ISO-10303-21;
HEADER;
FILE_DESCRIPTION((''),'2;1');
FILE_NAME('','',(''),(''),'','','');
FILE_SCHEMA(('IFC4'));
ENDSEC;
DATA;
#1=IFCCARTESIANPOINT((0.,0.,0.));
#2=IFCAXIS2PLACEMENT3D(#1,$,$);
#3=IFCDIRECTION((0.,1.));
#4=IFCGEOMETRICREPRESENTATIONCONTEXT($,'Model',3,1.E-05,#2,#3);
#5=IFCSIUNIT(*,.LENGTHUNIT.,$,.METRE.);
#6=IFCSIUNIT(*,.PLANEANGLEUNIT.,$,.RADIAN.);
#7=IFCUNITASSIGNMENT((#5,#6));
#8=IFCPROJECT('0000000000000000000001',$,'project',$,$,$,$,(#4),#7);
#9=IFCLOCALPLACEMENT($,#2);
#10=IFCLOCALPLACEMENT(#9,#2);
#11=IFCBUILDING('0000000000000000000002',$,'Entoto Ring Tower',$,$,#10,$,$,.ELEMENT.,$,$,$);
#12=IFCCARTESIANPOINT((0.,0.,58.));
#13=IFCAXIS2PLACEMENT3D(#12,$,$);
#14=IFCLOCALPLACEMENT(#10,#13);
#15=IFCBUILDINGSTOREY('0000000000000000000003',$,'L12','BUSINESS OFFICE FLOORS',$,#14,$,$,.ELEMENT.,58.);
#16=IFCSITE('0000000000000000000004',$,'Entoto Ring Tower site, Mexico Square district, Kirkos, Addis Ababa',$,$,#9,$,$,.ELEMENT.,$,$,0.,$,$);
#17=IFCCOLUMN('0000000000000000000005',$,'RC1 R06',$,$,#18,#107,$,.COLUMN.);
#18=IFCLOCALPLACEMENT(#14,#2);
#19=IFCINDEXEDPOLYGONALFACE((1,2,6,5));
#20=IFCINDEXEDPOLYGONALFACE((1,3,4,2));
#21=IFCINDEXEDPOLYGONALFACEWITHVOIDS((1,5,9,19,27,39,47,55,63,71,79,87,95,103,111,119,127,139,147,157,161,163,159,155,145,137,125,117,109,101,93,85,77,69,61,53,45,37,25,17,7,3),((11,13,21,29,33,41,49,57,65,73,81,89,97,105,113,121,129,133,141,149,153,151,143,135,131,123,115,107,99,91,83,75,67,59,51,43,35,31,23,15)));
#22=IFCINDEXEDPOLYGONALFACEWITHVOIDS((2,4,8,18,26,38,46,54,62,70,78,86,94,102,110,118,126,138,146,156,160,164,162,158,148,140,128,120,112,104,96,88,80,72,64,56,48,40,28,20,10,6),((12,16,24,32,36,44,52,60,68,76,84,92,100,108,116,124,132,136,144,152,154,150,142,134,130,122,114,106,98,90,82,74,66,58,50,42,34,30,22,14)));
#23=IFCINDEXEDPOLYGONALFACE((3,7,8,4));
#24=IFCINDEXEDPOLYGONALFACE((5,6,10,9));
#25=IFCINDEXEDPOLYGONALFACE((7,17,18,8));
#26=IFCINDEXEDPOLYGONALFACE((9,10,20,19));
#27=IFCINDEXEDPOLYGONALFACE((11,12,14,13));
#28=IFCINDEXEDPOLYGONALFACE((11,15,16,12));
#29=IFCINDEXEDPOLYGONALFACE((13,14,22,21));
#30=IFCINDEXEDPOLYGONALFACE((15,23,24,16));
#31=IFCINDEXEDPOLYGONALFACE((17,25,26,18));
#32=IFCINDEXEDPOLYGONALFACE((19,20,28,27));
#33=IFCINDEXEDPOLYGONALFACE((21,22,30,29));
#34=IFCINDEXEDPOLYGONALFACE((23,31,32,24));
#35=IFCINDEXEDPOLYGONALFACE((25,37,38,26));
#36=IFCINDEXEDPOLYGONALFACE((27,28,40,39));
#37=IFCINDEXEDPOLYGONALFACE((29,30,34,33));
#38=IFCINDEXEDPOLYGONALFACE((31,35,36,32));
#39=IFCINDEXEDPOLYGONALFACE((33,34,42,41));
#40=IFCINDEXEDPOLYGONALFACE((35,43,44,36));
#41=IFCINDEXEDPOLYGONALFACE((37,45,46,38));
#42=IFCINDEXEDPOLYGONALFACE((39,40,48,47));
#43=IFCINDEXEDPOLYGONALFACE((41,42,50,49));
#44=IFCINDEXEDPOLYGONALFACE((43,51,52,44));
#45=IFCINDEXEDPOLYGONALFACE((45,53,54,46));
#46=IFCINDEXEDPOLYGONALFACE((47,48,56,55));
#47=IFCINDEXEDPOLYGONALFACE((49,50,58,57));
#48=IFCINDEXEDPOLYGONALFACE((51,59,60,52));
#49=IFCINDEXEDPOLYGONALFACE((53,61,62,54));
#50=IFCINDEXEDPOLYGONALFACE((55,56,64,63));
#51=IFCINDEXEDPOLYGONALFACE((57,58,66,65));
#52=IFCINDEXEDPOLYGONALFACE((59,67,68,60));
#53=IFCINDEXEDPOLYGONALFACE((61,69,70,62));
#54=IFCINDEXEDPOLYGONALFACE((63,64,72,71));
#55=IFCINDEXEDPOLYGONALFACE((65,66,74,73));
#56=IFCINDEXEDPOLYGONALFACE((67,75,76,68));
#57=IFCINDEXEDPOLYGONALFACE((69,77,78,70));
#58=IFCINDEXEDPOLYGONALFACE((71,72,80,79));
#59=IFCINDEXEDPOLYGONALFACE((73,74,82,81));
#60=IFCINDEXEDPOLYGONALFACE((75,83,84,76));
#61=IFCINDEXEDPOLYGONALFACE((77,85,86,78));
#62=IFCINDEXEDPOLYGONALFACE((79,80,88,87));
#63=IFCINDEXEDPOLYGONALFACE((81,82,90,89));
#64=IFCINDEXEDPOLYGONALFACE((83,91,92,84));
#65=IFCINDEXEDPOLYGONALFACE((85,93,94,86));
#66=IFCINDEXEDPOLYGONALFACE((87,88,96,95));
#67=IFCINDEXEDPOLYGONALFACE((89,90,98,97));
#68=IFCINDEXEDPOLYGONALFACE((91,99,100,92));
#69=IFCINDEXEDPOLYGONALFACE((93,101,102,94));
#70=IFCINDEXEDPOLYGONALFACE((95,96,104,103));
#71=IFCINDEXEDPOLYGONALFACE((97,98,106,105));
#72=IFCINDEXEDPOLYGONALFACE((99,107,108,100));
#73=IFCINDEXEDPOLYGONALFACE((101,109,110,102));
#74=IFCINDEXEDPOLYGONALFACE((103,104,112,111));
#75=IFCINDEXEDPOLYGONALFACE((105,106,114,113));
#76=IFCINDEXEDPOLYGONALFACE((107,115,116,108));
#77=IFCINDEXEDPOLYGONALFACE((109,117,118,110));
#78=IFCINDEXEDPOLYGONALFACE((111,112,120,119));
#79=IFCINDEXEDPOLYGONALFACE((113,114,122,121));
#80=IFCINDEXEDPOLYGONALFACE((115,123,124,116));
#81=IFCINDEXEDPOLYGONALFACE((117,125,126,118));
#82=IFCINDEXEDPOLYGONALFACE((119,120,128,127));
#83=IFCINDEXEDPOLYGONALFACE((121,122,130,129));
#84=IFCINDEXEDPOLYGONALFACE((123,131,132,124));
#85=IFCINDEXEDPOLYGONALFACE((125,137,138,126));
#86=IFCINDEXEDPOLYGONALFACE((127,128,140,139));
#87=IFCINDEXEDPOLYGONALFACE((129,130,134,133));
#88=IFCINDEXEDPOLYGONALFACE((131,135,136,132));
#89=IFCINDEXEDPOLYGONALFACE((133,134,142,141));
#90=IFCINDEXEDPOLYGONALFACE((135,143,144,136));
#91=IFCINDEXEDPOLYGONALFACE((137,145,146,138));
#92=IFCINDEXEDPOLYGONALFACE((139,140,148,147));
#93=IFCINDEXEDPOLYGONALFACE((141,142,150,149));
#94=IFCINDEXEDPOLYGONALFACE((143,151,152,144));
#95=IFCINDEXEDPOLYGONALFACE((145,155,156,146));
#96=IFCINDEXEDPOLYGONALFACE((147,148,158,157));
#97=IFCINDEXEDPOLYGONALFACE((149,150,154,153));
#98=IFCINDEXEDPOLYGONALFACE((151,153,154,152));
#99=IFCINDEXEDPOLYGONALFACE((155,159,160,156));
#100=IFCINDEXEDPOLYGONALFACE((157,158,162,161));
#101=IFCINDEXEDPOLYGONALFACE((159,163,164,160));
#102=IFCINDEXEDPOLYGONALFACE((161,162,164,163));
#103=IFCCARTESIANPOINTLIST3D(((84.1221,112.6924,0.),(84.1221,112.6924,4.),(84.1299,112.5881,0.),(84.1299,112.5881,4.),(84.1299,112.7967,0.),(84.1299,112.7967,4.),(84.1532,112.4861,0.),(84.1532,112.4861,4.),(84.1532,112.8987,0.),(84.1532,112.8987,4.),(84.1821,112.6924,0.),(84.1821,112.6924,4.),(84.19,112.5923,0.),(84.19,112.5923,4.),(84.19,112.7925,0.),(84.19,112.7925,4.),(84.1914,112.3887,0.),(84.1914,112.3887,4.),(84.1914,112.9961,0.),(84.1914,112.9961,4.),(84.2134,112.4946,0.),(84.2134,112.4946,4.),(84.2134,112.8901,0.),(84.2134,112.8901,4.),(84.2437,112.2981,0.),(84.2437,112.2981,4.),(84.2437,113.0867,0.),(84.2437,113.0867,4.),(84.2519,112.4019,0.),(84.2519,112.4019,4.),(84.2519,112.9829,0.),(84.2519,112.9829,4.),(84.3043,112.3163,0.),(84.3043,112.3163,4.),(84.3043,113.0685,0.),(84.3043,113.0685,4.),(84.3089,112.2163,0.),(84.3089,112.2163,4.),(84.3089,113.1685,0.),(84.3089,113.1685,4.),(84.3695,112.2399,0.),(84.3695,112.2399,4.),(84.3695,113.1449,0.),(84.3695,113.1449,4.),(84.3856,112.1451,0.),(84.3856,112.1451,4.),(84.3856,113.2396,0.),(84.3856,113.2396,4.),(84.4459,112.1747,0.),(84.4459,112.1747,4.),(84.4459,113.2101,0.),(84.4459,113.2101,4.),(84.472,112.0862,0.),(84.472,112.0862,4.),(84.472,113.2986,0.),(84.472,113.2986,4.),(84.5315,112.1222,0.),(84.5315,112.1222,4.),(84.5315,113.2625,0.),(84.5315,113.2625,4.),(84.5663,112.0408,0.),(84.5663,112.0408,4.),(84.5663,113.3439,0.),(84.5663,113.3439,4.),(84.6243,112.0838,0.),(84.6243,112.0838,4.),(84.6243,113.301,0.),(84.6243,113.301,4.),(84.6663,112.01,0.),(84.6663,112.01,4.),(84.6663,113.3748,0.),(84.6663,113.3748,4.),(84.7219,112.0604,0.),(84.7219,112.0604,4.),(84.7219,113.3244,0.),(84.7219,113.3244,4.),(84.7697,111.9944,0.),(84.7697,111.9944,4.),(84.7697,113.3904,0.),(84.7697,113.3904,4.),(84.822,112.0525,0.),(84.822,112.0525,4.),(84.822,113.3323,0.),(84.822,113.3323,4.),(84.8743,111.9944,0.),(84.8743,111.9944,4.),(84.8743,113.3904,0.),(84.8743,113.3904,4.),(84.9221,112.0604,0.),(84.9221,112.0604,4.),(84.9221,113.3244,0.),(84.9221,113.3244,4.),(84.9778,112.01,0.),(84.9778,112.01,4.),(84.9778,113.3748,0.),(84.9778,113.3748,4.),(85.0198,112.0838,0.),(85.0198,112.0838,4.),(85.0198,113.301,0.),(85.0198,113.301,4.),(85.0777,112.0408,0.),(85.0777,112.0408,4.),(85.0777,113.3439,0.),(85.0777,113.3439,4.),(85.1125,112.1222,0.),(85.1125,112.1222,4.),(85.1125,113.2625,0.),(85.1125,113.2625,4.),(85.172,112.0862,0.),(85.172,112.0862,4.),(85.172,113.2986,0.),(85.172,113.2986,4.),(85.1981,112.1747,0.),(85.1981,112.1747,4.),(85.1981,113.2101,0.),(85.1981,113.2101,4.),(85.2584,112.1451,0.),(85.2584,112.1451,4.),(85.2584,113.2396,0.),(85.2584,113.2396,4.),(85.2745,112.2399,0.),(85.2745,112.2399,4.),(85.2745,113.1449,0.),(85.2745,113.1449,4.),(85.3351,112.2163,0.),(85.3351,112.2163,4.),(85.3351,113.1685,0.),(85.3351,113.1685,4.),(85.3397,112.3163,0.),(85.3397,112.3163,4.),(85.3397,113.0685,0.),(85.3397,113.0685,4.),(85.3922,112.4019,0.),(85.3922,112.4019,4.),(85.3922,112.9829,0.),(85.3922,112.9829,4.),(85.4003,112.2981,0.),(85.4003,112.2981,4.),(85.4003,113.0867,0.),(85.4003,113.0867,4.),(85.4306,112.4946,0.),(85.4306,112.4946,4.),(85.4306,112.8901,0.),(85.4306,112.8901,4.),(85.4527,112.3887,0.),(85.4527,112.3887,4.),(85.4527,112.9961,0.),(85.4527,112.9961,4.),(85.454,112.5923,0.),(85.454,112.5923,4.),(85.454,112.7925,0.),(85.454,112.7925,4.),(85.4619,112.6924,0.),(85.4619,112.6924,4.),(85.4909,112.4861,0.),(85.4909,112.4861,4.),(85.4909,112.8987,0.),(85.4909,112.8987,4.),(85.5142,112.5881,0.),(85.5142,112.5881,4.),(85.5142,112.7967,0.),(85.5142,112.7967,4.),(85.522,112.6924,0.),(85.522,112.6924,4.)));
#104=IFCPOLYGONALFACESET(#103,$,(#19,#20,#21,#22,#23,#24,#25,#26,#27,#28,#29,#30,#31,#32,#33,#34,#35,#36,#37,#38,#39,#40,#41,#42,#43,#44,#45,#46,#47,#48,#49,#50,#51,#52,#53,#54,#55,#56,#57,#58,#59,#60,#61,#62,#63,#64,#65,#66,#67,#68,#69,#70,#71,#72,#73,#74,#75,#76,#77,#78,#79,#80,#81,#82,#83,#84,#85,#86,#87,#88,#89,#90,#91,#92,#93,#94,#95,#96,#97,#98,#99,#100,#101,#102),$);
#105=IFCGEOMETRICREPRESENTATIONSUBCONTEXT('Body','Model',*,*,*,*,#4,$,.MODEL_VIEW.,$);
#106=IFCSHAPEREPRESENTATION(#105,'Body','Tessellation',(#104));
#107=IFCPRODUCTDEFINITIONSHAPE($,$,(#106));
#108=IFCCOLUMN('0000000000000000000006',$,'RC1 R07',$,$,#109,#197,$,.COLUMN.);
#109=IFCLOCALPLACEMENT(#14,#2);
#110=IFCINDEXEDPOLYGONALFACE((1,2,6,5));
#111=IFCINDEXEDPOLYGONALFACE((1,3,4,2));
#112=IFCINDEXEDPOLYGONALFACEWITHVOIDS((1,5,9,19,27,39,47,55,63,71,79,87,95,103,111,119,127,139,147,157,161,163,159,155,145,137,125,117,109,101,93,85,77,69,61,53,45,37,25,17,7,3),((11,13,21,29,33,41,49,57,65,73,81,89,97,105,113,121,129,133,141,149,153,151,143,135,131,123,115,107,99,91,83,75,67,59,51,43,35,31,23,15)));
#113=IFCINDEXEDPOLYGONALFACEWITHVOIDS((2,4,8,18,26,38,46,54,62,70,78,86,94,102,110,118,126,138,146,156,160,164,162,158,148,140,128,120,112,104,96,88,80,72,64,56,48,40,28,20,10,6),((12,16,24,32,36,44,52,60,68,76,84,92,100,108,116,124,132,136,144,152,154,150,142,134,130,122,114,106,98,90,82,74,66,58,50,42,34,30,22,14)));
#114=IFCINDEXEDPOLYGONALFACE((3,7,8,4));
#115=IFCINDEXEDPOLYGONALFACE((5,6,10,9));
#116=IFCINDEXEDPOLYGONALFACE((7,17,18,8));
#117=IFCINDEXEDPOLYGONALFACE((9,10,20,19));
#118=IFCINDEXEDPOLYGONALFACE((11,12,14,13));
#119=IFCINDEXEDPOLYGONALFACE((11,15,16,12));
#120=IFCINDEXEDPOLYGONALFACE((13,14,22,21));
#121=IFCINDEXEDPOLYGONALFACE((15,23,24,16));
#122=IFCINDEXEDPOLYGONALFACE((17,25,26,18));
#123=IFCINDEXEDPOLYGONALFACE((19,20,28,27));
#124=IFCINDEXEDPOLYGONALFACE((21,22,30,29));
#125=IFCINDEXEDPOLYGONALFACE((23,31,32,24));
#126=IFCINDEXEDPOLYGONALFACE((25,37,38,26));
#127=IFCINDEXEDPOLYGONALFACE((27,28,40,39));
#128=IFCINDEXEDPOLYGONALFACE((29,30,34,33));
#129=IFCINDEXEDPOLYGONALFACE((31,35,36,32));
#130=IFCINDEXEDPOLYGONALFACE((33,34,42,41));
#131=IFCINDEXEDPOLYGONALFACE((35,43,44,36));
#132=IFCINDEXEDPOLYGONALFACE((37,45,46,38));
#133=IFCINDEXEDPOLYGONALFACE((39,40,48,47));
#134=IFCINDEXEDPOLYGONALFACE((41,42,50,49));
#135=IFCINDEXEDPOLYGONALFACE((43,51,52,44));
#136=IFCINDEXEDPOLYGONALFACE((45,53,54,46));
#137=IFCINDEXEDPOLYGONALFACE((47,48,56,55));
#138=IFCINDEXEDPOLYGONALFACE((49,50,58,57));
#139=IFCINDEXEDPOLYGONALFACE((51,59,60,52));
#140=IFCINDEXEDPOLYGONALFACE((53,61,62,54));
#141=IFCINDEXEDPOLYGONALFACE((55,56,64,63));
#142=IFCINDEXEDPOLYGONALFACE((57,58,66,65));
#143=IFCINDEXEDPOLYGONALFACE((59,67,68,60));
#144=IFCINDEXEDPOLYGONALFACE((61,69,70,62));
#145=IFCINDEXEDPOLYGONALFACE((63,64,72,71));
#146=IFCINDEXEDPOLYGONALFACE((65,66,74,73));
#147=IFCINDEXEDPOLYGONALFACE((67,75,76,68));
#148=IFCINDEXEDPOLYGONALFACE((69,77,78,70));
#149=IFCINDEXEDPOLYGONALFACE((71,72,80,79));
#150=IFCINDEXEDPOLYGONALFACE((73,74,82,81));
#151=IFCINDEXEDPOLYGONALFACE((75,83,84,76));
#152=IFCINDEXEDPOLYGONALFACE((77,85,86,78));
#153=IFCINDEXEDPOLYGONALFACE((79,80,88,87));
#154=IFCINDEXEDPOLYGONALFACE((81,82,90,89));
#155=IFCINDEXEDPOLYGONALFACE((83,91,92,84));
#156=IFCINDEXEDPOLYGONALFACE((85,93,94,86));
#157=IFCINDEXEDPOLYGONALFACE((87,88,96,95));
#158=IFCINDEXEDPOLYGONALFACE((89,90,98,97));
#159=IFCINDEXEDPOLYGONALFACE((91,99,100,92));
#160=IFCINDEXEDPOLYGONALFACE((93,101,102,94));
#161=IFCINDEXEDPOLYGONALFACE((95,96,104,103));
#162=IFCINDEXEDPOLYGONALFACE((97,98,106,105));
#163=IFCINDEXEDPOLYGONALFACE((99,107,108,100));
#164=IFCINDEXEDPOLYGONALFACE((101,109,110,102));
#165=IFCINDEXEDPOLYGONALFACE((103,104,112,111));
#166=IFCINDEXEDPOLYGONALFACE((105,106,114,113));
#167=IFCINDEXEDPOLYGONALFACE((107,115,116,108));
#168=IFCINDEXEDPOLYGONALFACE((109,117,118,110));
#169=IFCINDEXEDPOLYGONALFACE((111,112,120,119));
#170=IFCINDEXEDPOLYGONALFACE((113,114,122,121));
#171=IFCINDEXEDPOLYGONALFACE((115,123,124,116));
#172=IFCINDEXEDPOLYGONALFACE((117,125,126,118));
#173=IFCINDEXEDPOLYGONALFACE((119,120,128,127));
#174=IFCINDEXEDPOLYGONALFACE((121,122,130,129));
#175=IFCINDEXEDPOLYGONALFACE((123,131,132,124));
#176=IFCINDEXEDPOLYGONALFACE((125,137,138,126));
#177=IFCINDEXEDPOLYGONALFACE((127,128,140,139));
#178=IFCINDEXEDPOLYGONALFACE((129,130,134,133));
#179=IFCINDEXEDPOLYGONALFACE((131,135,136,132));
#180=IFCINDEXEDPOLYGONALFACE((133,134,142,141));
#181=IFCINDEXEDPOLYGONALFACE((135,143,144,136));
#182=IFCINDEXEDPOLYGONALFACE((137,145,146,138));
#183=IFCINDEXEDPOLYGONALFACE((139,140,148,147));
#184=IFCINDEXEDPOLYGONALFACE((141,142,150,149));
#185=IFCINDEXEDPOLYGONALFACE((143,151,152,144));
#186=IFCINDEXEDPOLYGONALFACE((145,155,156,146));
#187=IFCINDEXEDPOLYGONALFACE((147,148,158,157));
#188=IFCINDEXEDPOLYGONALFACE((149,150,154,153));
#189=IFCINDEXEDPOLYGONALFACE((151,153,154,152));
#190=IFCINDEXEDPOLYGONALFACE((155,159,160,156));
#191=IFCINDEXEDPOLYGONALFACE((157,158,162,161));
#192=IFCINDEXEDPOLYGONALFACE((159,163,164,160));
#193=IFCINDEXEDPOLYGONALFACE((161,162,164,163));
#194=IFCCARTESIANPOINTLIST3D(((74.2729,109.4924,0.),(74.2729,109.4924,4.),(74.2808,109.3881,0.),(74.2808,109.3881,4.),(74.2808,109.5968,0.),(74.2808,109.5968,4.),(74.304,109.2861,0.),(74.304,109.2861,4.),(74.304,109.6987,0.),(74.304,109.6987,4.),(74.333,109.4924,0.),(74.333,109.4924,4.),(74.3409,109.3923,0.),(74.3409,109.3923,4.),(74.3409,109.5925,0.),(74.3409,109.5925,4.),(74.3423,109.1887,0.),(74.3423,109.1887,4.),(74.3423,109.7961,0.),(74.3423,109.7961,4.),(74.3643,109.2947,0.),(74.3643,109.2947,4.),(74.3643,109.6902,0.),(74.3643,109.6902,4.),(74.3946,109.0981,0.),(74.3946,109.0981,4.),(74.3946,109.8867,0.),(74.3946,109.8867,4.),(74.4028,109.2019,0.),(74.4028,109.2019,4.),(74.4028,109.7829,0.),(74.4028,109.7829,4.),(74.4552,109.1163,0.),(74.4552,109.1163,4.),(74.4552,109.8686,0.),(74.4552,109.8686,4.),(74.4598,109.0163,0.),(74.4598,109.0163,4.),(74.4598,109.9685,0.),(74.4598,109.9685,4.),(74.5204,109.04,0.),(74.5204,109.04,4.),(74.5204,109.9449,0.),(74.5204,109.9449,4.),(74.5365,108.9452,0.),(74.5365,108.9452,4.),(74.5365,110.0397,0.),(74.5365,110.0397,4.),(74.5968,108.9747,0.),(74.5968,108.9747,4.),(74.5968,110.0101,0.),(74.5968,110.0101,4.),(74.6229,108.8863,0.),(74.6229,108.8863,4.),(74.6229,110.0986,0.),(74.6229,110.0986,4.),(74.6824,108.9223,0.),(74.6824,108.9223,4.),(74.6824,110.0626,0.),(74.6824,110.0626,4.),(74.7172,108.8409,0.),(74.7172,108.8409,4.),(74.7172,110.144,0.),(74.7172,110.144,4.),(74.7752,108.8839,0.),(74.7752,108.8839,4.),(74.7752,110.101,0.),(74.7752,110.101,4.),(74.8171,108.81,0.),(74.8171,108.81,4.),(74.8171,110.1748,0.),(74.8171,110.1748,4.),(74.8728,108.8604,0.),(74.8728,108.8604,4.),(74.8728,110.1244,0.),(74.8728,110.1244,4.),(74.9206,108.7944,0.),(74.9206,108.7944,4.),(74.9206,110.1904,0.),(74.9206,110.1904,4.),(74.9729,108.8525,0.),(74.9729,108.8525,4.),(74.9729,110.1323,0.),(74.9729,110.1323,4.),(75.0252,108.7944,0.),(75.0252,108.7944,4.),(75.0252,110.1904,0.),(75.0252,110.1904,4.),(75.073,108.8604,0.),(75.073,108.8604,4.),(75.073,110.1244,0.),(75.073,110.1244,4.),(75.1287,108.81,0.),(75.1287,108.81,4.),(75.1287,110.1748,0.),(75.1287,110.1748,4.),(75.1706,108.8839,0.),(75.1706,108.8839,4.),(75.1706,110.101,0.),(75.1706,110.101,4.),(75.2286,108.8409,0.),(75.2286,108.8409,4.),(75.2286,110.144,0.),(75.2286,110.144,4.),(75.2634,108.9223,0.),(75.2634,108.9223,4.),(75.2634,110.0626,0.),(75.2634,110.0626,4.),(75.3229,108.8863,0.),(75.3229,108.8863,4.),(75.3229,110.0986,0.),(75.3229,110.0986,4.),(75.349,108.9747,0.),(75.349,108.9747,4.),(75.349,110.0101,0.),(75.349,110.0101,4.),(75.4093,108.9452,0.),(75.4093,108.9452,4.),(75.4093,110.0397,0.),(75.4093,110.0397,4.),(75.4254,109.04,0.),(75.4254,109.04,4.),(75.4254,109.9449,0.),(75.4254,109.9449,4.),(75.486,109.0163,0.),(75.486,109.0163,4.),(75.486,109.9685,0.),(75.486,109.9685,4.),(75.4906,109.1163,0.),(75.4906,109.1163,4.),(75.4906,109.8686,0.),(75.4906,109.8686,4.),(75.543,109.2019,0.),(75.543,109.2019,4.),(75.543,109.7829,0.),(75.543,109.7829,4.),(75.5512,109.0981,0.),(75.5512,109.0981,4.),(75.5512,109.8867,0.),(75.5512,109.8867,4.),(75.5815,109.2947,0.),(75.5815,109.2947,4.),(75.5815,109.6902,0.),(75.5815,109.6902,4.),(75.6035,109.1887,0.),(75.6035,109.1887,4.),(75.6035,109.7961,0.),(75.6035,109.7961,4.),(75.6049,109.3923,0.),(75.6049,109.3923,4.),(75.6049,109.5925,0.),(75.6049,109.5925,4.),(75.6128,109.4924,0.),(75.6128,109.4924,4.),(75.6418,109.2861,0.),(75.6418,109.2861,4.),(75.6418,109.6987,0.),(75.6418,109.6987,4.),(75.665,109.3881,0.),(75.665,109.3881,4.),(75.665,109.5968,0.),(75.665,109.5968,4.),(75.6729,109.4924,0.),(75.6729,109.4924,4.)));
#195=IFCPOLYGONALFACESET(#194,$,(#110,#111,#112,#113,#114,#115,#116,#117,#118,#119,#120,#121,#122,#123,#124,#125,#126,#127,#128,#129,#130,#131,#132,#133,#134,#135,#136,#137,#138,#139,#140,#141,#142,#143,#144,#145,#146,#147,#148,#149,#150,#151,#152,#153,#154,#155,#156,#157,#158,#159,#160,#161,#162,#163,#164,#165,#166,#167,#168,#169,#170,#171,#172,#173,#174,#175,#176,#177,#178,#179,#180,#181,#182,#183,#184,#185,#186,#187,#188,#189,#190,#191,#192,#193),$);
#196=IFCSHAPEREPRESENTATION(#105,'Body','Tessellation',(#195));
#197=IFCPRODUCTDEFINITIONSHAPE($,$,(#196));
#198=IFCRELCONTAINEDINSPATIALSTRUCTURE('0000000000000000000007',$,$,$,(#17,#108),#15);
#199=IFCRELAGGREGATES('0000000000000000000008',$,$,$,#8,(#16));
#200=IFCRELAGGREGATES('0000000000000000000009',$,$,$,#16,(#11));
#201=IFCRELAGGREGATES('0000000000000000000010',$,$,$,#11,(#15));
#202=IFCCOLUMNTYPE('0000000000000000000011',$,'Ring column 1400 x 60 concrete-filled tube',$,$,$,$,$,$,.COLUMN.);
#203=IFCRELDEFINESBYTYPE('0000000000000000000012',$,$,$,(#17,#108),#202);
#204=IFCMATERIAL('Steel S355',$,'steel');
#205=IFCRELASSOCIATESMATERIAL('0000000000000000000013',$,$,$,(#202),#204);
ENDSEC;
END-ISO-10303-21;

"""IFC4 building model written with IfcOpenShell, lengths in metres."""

from ifc_helpers import new_model, si_unit, direction, frame, origin, origin_2d, place, context, subcontext, project, spatial, circle, hollow_circle, extrude, material, material_profile, profile_set, type_object, element, save


model = new_model("IFC4")

# Units and contexts
model_context = context("Model", 3, precision=1e-05, world=origin(), true_north=direction((0.0, 1.0)))
body_context = subcontext(model_context, "Body", "Model", "MODEL_VIEW")
ifc_project = project(units=[si_unit("LENGTHUNIT", "METRE"), si_unit("PLANEANGLEUNIT", "RADIAN")], contexts=[model_context])

# Site, building, storey
site_placement = place(None, origin())
site = spatial("IfcSite", under=ifc_project, at=site_placement, Name="Entoto Ring Tower site, Mexico Square district, Kirkos, Addis Ababa", CompositionType="ELEMENT", RefElevation=0.0)
building_placement = place(site_placement, origin())
building = spatial("IfcBuilding", under=site, at=building_placement, Name="Entoto Ring Tower", CompositionType="ELEMENT")
storey_placement = place(building_placement, frame((0.0, 0.0, 58.0)))
storey = spatial("IfcBuildingStorey", under=building, at=storey_placement, Name="L12", Description="BUSINESS OFFICE FLOORS", CompositionType="ELEMENT", Elevation=58.0)

# Columns
ifc_material_1 = material(Name="Steel S355", Category="steel")
ifc_material_profile_1 = material_profile(ifc_material_1, hollow_circle(Radius=0.7, WallThickness=0.0601, at=origin_2d()), Name="CHS 1400 x 60")
ifc_material_2 = material(Name="Concrete C60/75", Category="concrete")
ifc_material_profile_2 = material_profile(ifc_material_2, circle(Radius=0.6399, at=origin_2d()), Name="Concrete C60/75 infill")
ifc_profile_set_1 = profile_set([ifc_material_profile_1, ifc_material_profile_2], Name="Steel S355")
column_type = type_object("IfcColumnType", Name="Ring column 1400 x 60 concrete-filled tube", PredefinedType="COLUMN", material=ifc_profile_set_1)
for number, where, z_axis, x_axis, name in (
    (1, (84.822, 112.6924, 0.0), (0.0, 0.0, 1.0), (1.0, 0.0, 0.0), "RC1 R06"),
    (2, (74.9729, 109.4924, 0.0), (0.0, 0.0, 1.0), (1.0, 0.0, 0.0), "RC1 R07"),
):
    element("IfcColumn", number, at=place(storey_placement, frame(where, z_axis=z_axis, x_axis=x_axis)), inside=storey, type_object=column_type, Name=name, PredefinedType="COLUMN", context=body_context, shape_type="SweptSolid", body=[
        extrude(hollow_circle(Radius=0.7, WallThickness=0.0601, at=origin_2d()), origin(), (0.0, 0.0, 1.0), 4.0),
    ])

save(model, "model.ifc")
